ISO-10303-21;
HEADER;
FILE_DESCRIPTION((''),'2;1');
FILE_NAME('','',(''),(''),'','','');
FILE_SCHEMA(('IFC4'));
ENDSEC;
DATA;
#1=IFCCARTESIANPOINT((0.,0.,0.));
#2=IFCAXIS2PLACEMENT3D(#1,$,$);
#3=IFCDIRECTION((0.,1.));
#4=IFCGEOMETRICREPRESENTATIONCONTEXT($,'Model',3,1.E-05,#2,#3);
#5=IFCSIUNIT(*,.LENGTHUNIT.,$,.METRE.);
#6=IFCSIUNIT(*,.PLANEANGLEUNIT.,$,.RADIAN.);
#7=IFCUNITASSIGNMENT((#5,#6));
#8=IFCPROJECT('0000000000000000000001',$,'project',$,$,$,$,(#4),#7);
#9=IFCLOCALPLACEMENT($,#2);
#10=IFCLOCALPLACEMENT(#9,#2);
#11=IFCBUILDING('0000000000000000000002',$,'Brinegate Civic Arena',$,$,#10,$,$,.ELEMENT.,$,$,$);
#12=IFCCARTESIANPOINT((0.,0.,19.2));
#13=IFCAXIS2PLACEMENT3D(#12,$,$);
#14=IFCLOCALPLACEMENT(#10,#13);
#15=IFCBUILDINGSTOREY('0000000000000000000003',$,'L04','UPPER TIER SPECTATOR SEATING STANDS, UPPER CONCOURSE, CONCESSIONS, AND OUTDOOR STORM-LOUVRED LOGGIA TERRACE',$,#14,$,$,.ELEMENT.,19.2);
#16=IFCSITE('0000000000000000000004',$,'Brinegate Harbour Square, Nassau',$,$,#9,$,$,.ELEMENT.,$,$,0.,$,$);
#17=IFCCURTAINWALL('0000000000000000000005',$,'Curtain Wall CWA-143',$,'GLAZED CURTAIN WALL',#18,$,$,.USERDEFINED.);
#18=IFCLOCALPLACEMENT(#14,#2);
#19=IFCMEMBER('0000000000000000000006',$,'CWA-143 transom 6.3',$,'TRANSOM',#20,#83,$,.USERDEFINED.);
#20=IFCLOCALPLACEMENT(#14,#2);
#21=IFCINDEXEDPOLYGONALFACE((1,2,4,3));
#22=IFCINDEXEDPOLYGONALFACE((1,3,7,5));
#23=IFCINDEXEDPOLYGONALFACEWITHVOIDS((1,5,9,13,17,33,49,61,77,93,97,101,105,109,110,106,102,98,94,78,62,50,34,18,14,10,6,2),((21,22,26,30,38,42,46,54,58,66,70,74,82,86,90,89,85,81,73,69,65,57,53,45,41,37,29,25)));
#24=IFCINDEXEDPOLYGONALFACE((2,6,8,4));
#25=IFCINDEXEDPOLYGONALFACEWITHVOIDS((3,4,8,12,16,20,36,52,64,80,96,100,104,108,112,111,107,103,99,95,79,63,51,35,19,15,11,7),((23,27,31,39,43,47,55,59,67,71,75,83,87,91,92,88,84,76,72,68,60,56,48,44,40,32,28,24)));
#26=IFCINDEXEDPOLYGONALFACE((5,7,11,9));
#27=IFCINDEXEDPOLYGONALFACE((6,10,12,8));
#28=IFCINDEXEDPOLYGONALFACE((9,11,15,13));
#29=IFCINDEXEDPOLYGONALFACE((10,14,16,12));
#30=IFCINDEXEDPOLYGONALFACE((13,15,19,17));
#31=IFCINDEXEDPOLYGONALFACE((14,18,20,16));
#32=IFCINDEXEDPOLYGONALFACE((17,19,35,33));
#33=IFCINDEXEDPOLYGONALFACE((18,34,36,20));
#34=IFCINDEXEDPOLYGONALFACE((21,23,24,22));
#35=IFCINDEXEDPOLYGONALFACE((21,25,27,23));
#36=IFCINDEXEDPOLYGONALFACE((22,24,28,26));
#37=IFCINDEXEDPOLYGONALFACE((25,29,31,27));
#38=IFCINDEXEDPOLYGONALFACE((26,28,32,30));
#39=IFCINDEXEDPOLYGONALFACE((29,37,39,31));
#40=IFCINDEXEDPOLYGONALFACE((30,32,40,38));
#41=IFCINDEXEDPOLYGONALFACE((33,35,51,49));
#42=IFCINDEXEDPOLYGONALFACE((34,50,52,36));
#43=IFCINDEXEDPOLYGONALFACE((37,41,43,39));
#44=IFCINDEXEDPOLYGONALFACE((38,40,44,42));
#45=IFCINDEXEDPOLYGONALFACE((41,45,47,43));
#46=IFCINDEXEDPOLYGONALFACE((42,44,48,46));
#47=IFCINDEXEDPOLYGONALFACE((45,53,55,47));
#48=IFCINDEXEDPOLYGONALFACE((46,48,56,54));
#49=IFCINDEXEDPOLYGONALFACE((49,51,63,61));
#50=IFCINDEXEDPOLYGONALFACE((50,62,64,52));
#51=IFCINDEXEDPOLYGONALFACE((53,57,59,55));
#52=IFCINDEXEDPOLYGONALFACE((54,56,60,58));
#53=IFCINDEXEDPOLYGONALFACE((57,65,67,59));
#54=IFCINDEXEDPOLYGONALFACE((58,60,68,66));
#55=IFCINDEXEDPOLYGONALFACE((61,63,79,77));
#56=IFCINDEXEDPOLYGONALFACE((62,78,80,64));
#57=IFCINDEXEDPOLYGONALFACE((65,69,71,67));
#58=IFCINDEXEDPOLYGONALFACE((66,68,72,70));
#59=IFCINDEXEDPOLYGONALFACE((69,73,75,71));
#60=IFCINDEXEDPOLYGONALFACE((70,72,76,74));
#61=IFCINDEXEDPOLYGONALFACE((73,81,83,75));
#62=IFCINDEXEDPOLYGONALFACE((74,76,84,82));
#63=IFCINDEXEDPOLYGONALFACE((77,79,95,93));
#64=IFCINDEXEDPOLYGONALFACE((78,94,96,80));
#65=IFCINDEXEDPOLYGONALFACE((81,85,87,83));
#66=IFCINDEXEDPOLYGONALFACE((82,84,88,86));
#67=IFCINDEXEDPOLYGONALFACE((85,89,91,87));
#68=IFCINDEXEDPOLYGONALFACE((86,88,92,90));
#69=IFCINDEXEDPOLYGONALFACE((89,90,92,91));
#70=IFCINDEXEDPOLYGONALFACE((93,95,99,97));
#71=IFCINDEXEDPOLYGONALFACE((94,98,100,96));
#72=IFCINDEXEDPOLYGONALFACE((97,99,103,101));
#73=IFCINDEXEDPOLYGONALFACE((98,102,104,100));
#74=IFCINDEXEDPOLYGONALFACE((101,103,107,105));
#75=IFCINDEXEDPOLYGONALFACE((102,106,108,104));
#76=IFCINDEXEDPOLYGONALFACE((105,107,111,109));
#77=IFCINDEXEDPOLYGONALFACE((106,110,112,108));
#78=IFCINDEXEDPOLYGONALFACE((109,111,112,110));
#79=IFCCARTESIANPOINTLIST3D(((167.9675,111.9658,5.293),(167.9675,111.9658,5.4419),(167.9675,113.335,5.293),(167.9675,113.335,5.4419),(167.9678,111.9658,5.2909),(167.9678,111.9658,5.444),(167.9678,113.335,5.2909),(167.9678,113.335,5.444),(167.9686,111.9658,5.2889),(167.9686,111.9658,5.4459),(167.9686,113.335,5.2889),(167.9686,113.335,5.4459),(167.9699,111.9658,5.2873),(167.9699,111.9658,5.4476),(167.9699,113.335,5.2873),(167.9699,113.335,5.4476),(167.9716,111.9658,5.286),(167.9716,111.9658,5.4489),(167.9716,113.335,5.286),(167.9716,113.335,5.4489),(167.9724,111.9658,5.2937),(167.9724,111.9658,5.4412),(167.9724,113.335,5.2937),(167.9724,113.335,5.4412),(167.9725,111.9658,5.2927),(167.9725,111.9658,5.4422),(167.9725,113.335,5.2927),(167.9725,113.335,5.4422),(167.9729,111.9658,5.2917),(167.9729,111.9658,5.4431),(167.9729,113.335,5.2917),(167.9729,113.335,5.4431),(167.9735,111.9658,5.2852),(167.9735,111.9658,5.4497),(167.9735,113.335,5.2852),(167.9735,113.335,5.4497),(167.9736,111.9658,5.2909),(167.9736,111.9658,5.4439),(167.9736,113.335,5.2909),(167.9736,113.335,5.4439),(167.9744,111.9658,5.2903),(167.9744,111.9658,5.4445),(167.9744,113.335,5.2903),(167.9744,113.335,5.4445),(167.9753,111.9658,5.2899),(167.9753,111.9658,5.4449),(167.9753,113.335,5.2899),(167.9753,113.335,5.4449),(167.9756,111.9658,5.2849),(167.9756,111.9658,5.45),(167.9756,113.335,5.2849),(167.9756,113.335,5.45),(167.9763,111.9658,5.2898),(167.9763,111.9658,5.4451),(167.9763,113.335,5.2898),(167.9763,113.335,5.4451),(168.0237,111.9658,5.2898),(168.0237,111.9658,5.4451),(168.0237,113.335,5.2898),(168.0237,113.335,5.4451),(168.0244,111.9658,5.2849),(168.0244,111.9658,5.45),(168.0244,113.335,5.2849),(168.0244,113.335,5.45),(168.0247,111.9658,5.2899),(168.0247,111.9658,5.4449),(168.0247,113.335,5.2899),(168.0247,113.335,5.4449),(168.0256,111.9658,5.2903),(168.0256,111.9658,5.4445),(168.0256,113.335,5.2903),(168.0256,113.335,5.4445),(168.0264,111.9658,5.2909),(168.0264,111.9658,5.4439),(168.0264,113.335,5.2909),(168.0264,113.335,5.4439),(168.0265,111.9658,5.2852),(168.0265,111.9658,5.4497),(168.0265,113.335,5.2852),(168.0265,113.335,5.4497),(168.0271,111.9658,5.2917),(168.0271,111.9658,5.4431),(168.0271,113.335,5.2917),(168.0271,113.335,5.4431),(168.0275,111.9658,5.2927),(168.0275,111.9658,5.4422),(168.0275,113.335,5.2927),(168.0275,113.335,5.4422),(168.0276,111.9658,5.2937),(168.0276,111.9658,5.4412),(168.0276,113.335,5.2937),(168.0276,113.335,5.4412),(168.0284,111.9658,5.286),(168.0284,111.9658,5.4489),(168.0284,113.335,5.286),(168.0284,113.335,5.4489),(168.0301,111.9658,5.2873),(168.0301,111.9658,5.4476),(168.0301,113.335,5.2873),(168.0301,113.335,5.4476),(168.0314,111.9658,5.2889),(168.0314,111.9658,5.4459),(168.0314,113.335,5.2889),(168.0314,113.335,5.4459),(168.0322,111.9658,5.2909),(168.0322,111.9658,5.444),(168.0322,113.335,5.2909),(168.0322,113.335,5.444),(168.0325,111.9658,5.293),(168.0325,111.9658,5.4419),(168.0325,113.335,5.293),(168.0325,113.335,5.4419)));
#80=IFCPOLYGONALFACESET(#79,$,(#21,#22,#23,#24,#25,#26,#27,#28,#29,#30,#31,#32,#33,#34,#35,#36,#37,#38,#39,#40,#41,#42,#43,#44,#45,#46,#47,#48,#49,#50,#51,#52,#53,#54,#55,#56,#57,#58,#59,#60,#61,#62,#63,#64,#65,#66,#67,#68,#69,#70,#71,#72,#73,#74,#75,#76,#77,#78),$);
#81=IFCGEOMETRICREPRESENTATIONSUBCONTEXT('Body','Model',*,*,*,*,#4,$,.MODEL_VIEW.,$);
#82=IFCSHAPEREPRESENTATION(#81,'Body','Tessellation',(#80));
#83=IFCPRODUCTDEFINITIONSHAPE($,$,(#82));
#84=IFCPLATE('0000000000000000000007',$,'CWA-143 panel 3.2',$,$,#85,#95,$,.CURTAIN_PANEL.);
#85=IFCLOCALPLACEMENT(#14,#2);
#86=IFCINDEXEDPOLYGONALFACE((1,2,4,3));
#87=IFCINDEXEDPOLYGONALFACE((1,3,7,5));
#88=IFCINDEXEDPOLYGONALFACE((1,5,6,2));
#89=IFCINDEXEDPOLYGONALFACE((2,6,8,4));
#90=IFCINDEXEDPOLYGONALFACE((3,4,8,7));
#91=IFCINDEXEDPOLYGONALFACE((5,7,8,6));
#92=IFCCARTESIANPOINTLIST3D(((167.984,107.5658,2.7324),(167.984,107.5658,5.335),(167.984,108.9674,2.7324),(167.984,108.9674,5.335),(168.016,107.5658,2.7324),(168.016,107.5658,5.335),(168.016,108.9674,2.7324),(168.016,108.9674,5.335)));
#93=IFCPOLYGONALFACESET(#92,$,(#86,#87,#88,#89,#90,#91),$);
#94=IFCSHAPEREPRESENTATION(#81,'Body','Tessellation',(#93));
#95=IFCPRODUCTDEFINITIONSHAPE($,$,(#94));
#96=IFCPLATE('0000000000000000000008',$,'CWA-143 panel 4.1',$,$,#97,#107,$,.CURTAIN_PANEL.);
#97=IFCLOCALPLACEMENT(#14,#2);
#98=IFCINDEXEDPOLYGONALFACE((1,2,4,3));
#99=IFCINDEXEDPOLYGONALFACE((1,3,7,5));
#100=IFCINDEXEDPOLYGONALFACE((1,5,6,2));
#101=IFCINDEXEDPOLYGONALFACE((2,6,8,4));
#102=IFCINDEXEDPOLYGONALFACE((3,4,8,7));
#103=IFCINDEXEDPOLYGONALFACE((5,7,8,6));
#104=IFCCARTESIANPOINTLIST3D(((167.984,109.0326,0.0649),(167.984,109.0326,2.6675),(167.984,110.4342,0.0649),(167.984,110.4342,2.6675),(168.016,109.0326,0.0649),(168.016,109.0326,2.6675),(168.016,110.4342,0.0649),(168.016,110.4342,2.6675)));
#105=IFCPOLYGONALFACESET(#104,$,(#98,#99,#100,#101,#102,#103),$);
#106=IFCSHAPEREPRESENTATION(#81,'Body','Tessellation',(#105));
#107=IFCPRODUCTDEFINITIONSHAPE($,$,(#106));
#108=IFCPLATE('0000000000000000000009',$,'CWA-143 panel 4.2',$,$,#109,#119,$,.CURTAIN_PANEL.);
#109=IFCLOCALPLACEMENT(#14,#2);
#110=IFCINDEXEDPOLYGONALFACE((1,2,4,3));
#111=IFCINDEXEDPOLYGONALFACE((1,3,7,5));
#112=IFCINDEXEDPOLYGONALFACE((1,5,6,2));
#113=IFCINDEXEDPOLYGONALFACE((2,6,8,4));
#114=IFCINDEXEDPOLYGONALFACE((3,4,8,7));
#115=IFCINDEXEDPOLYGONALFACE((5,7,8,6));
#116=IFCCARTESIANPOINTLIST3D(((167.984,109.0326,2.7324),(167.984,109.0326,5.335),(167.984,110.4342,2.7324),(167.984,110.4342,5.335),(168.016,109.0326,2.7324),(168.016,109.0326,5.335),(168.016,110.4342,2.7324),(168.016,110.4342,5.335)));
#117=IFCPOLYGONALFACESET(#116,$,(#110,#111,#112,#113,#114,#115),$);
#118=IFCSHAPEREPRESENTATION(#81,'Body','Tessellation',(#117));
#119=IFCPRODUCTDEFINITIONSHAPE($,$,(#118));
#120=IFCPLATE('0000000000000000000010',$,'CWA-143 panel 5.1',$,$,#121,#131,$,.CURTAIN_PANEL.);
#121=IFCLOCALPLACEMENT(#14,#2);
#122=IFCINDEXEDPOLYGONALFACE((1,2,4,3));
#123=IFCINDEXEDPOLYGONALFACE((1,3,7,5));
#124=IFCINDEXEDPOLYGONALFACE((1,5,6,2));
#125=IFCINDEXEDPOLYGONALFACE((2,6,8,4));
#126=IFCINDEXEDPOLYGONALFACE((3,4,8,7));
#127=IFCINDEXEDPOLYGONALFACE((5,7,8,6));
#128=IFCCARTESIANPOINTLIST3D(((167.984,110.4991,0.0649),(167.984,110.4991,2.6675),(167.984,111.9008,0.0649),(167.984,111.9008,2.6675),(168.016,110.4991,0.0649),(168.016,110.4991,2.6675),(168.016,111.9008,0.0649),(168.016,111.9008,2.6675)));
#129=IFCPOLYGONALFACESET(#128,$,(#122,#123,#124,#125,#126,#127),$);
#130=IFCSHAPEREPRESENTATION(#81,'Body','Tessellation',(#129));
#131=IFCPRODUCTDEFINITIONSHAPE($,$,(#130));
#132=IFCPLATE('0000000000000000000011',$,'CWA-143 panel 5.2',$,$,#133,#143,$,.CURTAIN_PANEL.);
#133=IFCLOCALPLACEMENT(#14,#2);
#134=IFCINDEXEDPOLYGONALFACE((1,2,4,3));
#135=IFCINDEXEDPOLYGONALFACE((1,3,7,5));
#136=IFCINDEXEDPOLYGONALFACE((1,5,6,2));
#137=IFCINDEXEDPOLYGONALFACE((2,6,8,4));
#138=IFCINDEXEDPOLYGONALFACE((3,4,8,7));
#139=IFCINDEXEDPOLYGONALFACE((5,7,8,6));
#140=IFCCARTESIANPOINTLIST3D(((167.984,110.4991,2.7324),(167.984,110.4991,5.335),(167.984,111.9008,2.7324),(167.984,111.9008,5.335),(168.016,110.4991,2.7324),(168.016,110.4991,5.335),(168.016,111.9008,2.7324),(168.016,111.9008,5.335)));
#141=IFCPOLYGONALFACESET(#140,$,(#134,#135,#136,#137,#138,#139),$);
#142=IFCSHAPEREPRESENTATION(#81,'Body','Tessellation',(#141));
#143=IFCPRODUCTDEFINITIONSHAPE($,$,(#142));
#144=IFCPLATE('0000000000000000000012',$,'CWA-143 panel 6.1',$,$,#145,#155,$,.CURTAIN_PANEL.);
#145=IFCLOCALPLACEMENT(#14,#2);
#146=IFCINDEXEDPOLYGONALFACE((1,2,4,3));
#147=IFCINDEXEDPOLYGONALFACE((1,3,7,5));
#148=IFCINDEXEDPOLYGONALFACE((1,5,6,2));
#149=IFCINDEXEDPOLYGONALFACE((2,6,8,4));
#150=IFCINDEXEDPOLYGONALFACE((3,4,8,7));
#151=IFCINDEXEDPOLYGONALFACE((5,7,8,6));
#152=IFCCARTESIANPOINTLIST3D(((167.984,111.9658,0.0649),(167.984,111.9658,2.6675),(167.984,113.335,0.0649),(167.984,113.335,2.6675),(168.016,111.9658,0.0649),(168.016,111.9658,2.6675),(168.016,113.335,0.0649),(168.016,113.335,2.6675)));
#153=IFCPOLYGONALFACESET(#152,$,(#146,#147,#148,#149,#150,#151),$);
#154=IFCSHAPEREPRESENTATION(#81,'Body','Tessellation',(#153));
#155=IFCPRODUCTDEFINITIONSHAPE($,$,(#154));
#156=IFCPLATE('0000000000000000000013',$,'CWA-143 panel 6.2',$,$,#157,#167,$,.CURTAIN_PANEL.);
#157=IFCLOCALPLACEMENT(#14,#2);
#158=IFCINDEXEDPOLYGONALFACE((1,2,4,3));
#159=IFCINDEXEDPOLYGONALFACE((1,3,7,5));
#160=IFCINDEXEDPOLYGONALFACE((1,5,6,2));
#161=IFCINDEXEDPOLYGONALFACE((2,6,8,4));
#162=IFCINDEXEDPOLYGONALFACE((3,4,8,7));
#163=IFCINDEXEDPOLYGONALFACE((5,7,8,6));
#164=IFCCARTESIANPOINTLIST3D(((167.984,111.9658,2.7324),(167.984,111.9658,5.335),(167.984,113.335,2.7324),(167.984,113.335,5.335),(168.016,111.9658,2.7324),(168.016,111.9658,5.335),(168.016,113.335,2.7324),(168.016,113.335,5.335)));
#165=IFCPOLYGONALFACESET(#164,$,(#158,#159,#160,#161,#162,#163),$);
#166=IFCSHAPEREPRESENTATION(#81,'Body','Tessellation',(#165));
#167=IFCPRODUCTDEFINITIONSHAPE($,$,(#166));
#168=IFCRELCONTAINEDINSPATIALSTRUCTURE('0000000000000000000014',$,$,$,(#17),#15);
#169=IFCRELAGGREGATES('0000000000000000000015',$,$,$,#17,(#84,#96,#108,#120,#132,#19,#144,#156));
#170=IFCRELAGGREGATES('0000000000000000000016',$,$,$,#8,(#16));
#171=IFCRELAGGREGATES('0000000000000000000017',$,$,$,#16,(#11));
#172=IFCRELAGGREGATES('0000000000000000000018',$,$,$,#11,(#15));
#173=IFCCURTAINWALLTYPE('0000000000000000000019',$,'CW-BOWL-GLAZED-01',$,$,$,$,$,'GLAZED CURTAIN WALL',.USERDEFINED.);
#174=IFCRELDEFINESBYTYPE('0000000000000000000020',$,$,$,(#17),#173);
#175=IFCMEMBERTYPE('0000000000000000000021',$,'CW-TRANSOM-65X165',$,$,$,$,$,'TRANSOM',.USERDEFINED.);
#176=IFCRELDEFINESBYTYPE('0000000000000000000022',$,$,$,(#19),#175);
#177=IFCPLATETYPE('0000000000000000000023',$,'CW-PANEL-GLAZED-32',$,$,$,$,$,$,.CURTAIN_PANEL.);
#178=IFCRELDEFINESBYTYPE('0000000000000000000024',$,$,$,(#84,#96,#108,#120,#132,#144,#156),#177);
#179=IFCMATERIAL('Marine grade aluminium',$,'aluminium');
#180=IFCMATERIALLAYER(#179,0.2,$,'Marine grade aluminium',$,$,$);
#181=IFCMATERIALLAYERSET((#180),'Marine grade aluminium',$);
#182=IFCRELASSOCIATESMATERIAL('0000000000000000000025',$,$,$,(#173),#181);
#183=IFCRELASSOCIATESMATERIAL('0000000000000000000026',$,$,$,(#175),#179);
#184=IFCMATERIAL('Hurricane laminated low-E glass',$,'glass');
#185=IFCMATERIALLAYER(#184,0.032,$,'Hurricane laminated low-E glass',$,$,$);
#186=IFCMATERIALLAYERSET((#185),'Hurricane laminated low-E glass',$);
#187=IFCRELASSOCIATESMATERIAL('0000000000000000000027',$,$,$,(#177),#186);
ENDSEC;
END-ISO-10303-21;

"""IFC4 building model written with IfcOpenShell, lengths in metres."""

from ifc_helpers import new_model, si_unit, direction, frame, origin, origin_2d, place, context, subcontext, project, spatial, rectangle, hollow_rectangle, extrude, material, layer, layer_set, material_profile, profile_set, type_object, element, aggregate, save


model = new_model("IFC4")

# Units and contexts
model_context = context("Model", 3, precision=1e-05, world=origin(), true_north=direction((0.0, 1.0)))
body_context = subcontext(model_context, "Body", "Model", "MODEL_VIEW")
ifc_project = project(units=[si_unit("LENGTHUNIT", "METRE"), si_unit("PLANEANGLEUNIT", "RADIAN")], contexts=[model_context])

# Site, building, storey
site_placement = place(None, origin())
site = spatial("IfcSite", under=ifc_project, at=site_placement, Name="Brinegate Harbour Square, Nassau", CompositionType="ELEMENT", RefElevation=0.0)
building_placement = place(site_placement, origin())
building = spatial("IfcBuilding", under=site, at=building_placement, Name="Brinegate Civic Arena", CompositionType="ELEMENT")
storey_placement = place(building_placement, frame((0.0, 0.0, 19.2)))
storey = spatial("IfcBuildingStorey", under=building, at=storey_placement, Name="L04", Description="UPPER TIER SPECTATOR SEATING STANDS, UPPER CONCOURSE, CONCESSIONS, AND OUTDOOR STORM-LOUVRED LOGGIA TERRACE", CompositionType="ELEMENT", Elevation=19.2)

# Curtain wall, member, plates
ifc_material_1 = material(Name="Marine grade aluminium", Category="aluminium")
ifc_layer_1 = layer(ifc_material_1, 0.2, Name="Marine grade aluminium")
ifc_layer_set_1 = layer_set([ifc_layer_1], Name="Marine grade aluminium")
curtain_wall_type = type_object("IfcCurtainWallType", Name="CW-BOWL-GLAZED-01", ElementType="GLAZED CURTAIN WALL", PredefinedType="USERDEFINED", material=ifc_layer_set_1)
curtain_wall_placement = place(storey_placement, origin())
curtain_wall = element("IfcCurtainWall", 1, at=curtain_wall_placement, inside=storey, type_object=curtain_wall_type, Name="Curtain Wall CWA-143", ObjectType="GLAZED CURTAIN WALL", PredefinedType="USERDEFINED")
ifc_material_profile_1 = material_profile(ifc_material_1, hollow_rectangle(XDim=0.0649, YDim=0.165, WallThickness=0.0049, InnerFilletRadius=0.0039, OuterFilletRadius=0.0081, at=origin_2d()), Name="TRN65X165")
ifc_profile_set_1 = profile_set([ifc_material_profile_1], Name="Marine grade aluminium")
member_type_1 = type_object("IfcMemberType", Name="CW-TRANSOM-65X165", ElementType="TRANSOM", PredefinedType="USERDEFINED", material=ifc_profile_set_1)
member_1_placement = place(storey_placement, frame((168.0, 111.9658, 5.3674), z_axis=(0.0, 1.0, 0.0), x_axis=(-1.0, 0.0, 0.0)))
member_1 = element("IfcMember", 2, at=member_1_placement, type_object=member_type_1, Name="CWA-143 transom 6.3", ObjectType="TRANSOM", PredefinedType="USERDEFINED", context=body_context, shape_type="SweptSolid", body=[
    extrude(hollow_rectangle(XDim=0.0649, YDim=0.165, WallThickness=0.0049, InnerFilletRadius=0.0039, OuterFilletRadius=0.0081, at=origin_2d()), origin(), (0.0, 0.0, 1.0), 1.3691),
])
ifc_material_2 = material(Name="Hurricane laminated low-E glass", Category="glass")
ifc_layer_2 = layer(ifc_material_2, 0.032, Name="Hurricane laminated low-E glass")
ifc_layer_set_2 = layer_set([ifc_layer_2], Name="Hurricane laminated low-E glass")
plate_type = type_object("IfcPlateType", Name="CW-PANEL-GLAZED-32", PredefinedType="CURTAIN_PANEL", material=ifc_layer_set_2)
plate_1_placement = place(storey_placement, frame((168.0, 108.2666, 2.7324), z_axis=(0.0, 0.0, 1.0), x_axis=(0.0, 1.0, 0.0)))
plate_1 = element("IfcPlate", 3, at=plate_1_placement, type_object=plate_type, Name="CWA-143 panel 3.2", PredefinedType="CURTAIN_PANEL", context=body_context, shape_type="SweptSolid", body=[
    extrude(rectangle(XDim=1.4016, YDim=0.032, at=origin_2d()), origin(), (0.0, 0.0, 1.0), 2.6025),
])
plate_2_placement = place(storey_placement, frame((168.0, 109.7334, 0.0649), z_axis=(0.0, 0.0, 1.0), x_axis=(0.0, 1.0, 0.0)))
plate_2 = element("IfcPlate", 4, at=plate_2_placement, type_object=plate_type, Name="CWA-143 panel 4.1", PredefinedType="CURTAIN_PANEL", context=body_context, shape_type="SweptSolid", body=[
    extrude(rectangle(XDim=1.4016, YDim=0.032, at=origin_2d()), origin(), (0.0, 0.0, 1.0), 2.6025),
])
plate_3_placement = place(storey_placement, frame((168.0, 109.7334, 2.7324), z_axis=(0.0, 0.0, 1.0), x_axis=(0.0, 1.0, 0.0)))
plate_3 = element("IfcPlate", 5, at=plate_3_placement, type_object=plate_type, Name="CWA-143 panel 4.2", PredefinedType="CURTAIN_PANEL", context=body_context, shape_type="SweptSolid", body=[
    extrude(rectangle(XDim=1.4016, YDim=0.032, at=origin_2d()), origin(), (0.0, 0.0, 1.0), 2.6025),
])
plate_4_placement = place(storey_placement, frame((168.0, 111.2, 0.0649), z_axis=(0.0, 0.0, 1.0), x_axis=(0.0, 1.0, 0.0)))
plate_4 = element("IfcPlate", 6, at=plate_4_placement, type_object=plate_type, Name="CWA-143 panel 5.1", PredefinedType="CURTAIN_PANEL", context=body_context, shape_type="SweptSolid", body=[
    extrude(rectangle(XDim=1.4016, YDim=0.032, at=origin_2d()), origin(), (0.0, 0.0, 1.0), 2.6025),
])
plate_5_placement = place(storey_placement, frame((168.0, 111.2, 2.7324), z_axis=(0.0, 0.0, 1.0), x_axis=(0.0, 1.0, 0.0)))
plate_5 = element("IfcPlate", 7, at=plate_5_placement, type_object=plate_type, Name="CWA-143 panel 5.2", PredefinedType="CURTAIN_PANEL", context=body_context, shape_type="SweptSolid", body=[
    extrude(rectangle(XDim=1.4016, YDim=0.032, at=origin_2d()), origin(), (0.0, 0.0, 1.0), 2.6025),
])
plate_6_placement = place(storey_placement, frame((168.0, 112.6504, 0.0649), z_axis=(0.0, 0.0, 1.0), x_axis=(0.0, 1.0, 0.0)))
plate_6 = element("IfcPlate", 8, at=plate_6_placement, type_object=plate_type, Name="CWA-143 panel 6.1", PredefinedType="CURTAIN_PANEL", context=body_context, shape_type="SweptSolid", body=[
    extrude(rectangle(XDim=1.3691, YDim=0.032, at=origin_2d()), origin(), (0.0, 0.0, 1.0), 2.6025),
])
plate_7_placement = place(storey_placement, frame((168.0, 112.6504, 2.7324), z_axis=(0.0, 0.0, 1.0), x_axis=(0.0, 1.0, 0.0)))
plate_7 = element("IfcPlate", 9, at=plate_7_placement, type_object=plate_type, Name="CWA-143 panel 6.2", PredefinedType="CURTAIN_PANEL", context=body_context, shape_type="SweptSolid", body=[
    extrude(rectangle(XDim=1.3691, YDim=0.032, at=origin_2d()), origin(), (0.0, 0.0, 1.0), 2.6025),
])
aggregate(curtain_wall, [plate_1, plate_2, plate_3, plate_4, plate_5, member_1, plate_6, plate_7])

save(model, "model.ifc")
